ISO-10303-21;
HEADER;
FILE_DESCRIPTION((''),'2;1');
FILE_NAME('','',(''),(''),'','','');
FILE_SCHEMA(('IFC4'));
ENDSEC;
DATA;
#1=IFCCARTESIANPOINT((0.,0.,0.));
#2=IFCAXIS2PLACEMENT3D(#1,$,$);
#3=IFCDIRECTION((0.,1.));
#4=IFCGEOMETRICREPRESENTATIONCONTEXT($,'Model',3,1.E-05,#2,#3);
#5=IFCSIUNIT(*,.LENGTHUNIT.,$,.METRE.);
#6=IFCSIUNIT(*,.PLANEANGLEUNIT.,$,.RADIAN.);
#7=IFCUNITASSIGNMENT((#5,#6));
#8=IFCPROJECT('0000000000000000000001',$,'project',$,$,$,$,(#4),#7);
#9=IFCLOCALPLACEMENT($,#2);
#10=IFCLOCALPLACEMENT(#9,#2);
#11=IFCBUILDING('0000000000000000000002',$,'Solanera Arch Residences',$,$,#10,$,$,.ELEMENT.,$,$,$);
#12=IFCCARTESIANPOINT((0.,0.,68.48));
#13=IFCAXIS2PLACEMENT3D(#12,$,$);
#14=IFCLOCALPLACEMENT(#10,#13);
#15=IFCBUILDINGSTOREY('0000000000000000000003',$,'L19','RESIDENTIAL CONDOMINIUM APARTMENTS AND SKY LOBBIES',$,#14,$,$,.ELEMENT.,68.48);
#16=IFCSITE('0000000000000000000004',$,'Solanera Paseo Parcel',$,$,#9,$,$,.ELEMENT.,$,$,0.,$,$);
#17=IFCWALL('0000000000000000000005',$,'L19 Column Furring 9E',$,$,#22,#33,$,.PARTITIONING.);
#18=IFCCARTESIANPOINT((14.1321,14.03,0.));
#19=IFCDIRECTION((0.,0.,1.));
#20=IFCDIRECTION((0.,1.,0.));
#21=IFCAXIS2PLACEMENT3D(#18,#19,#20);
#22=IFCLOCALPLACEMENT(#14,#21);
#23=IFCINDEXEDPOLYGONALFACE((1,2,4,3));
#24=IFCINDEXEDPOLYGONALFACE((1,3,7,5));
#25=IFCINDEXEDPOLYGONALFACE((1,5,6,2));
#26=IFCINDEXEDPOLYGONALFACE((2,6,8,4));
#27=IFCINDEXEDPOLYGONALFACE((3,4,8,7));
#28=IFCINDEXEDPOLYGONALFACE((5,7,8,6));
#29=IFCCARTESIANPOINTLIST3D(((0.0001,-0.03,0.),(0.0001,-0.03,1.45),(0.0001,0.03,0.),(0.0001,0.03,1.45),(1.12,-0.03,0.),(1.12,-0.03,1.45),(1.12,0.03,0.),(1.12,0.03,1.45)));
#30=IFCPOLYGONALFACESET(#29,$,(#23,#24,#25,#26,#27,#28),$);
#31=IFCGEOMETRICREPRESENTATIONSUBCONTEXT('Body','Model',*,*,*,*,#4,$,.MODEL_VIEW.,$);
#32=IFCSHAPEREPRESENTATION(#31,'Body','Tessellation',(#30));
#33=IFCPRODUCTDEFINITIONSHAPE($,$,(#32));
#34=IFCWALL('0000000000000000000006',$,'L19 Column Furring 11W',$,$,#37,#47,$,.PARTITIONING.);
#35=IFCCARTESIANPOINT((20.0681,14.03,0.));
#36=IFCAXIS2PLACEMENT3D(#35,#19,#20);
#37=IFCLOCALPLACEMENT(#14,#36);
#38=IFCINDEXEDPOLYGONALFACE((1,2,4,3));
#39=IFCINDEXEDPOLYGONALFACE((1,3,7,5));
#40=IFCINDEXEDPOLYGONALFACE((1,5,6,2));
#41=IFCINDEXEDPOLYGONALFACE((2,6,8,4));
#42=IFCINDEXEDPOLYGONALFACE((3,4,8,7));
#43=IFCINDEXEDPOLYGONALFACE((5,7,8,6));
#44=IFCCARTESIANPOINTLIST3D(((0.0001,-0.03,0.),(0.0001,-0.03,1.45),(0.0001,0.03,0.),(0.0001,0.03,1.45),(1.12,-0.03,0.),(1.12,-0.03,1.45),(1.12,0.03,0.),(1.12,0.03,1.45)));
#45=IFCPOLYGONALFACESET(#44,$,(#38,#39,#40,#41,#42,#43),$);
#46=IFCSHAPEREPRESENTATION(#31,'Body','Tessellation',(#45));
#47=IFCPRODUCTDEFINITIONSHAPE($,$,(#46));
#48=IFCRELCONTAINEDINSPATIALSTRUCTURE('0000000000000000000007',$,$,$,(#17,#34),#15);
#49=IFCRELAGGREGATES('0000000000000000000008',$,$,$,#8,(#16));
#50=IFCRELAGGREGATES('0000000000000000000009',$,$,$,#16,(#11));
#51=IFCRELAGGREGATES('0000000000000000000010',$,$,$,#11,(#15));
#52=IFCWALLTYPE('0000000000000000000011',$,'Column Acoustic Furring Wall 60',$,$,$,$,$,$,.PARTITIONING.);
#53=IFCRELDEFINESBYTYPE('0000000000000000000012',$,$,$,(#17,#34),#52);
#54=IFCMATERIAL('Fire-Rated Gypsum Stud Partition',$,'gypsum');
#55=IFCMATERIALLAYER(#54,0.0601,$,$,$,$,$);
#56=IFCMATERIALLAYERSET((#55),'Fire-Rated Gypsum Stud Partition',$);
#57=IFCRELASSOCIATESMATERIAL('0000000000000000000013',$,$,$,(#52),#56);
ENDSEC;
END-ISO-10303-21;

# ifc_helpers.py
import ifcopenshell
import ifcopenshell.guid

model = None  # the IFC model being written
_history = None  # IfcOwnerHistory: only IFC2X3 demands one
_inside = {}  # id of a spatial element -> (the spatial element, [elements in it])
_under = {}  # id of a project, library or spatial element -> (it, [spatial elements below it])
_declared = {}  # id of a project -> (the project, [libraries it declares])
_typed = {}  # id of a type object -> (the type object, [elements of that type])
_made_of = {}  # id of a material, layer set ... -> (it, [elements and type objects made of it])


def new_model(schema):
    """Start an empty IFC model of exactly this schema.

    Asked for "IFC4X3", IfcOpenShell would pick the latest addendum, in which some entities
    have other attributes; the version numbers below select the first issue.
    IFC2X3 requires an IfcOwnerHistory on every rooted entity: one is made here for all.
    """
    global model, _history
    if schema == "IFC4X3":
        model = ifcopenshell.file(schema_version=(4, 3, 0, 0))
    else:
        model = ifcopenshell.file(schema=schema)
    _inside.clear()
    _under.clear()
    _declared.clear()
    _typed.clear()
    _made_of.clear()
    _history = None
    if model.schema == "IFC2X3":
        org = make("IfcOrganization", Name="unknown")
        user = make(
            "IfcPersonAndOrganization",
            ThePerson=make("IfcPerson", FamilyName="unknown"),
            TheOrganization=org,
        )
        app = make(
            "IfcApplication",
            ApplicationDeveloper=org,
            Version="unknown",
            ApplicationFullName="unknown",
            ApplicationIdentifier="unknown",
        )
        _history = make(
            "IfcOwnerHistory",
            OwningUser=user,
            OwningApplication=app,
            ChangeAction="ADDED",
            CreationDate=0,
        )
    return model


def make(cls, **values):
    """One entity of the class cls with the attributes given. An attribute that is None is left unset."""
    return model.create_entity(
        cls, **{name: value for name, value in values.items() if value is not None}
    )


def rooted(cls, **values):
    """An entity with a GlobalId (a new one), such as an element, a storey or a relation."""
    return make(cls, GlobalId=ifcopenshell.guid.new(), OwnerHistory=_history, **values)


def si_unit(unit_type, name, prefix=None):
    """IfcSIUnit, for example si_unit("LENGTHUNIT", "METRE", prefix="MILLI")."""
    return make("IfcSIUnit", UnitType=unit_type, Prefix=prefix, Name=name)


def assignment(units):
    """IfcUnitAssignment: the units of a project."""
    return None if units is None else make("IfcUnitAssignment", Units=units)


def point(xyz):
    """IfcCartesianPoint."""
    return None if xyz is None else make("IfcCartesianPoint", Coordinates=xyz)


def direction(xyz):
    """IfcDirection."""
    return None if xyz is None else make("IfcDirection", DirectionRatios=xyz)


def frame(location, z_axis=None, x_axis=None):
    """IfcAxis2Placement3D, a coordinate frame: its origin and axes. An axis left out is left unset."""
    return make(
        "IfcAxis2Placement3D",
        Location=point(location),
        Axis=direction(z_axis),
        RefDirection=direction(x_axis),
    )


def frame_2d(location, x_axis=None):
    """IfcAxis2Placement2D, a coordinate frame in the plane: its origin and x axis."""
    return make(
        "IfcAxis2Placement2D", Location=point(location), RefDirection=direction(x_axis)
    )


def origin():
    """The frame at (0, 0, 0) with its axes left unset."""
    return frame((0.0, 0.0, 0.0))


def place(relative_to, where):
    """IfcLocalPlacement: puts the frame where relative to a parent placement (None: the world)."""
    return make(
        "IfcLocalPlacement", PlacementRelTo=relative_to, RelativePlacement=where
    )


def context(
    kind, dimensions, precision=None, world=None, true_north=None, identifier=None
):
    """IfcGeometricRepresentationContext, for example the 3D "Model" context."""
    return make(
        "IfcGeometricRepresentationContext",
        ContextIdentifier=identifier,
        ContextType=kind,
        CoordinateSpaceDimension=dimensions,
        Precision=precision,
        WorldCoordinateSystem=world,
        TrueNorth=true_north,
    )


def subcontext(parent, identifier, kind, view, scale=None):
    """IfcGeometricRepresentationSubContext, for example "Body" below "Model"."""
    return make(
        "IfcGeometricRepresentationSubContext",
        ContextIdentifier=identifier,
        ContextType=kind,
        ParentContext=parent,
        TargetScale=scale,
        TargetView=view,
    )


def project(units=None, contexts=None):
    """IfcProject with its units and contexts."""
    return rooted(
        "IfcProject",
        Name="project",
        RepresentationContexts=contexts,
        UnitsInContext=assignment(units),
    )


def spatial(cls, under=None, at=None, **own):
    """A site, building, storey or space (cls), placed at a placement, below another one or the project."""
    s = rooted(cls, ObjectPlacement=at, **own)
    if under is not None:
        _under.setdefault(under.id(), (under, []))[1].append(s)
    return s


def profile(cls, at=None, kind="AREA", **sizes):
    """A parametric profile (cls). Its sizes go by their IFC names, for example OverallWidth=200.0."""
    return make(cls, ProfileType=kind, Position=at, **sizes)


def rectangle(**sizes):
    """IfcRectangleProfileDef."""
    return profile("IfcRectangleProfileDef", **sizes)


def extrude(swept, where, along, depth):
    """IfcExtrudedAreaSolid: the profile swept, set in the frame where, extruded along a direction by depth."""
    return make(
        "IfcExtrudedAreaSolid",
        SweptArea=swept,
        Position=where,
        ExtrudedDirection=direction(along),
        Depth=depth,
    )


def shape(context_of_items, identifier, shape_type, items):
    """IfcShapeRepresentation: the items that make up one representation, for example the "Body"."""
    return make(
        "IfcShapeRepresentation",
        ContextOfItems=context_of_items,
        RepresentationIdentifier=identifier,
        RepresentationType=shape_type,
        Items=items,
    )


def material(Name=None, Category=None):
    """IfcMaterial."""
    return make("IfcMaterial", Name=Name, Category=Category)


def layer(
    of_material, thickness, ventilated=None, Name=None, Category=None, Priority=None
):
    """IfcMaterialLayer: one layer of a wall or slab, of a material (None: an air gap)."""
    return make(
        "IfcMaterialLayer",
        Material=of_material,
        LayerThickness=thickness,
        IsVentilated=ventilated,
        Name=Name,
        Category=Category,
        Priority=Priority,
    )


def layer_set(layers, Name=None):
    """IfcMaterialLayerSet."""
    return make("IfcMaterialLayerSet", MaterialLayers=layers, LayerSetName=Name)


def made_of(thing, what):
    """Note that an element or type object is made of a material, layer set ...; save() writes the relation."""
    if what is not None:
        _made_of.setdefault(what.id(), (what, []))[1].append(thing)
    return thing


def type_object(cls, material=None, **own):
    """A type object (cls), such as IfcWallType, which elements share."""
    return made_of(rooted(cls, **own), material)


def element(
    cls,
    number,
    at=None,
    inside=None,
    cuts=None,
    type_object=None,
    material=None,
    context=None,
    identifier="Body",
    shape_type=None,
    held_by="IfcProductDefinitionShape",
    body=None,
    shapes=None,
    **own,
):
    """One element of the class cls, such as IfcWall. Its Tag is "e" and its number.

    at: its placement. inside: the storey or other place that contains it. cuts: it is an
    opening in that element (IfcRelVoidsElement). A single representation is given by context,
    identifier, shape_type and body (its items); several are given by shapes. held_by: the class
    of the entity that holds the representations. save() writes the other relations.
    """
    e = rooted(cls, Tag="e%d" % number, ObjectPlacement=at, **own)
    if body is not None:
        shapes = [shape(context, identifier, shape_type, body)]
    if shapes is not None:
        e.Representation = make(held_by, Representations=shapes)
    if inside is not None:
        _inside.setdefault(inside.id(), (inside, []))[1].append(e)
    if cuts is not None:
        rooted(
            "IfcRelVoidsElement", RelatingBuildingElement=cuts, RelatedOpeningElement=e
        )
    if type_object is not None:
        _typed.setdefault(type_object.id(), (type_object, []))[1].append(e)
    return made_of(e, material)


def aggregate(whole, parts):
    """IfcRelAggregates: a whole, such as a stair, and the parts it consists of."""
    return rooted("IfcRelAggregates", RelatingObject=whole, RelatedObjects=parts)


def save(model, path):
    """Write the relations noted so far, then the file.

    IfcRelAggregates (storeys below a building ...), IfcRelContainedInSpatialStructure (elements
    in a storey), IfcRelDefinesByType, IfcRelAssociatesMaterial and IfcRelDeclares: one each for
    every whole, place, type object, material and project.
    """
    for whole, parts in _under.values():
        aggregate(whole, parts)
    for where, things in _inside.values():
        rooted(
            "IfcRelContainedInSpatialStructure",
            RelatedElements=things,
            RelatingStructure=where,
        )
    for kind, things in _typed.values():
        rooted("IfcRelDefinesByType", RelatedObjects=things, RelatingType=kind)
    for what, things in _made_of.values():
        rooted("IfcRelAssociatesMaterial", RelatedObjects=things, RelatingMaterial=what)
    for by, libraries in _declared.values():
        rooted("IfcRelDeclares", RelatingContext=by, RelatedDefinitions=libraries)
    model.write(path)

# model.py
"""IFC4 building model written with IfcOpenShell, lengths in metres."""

from ifc_helpers import new_model, si_unit, direction, frame, frame_2d, origin, place, context, subcontext, project, spatial, rectangle, extrude, material, layer, layer_set, type_object, element, save


model = new_model("IFC4")

# Units and contexts
model_context = context("Model", 3, precision=1e-05, world=origin(), true_north=direction((0.0, 1.0)))
body_context = subcontext(model_context, "Body", "Model", "MODEL_VIEW")
ifc_project = project(units=[si_unit("LENGTHUNIT", "METRE"), si_unit("PLANEANGLEUNIT", "RADIAN")], contexts=[model_context])

# Site, building, storey
site_placement = place(None, origin())
site = spatial("IfcSite", under=ifc_project, at=site_placement, Name="Solanera Paseo Parcel", CompositionType="ELEMENT", RefElevation=0.0)
building_placement = place(site_placement, origin())
building = spatial("IfcBuilding", under=site, at=building_placement, Name="Solanera Arch Residences", CompositionType="ELEMENT")
storey_placement = place(building_placement, frame((0.0, 0.0, 68.48)))
storey = spatial("IfcBuildingStorey", under=building, at=storey_placement, Name="L19", Description="RESIDENTIAL CONDOMINIUM APARTMENTS AND SKY LOBBIES", CompositionType="ELEMENT", Elevation=68.48)

# Walls
ifc_material_1 = material(Name="Fire-Rated Gypsum Stud Partition", Category="gypsum")
ifc_layer_1 = layer(ifc_material_1, 0.0601)
ifc_layer_set_1 = layer_set([ifc_layer_1], Name="Fire-Rated Gypsum Stud Partition")
wall_type_1 = type_object("IfcWallType", Name="Column Acoustic Furring Wall 60", PredefinedType="PARTITIONING", material=ifc_layer_set_1)
wall_1_placement = place(storey_placement, frame((14.1321, 14.03, 0.0), z_axis=(0.0, 0.0, 1.0), x_axis=(0.0, 1.0, 0.0)))
element("IfcWall", 1, at=wall_1_placement, inside=storey, type_object=wall_type_1, Name="L19 Column Furring 9E", PredefinedType="PARTITIONING", context=body_context, shape_type="SweptSolid", body=[
    extrude(rectangle(XDim=1.1199, YDim=0.0601, at=frame_2d((0.5601, 0.0))), origin(), (0.0, 0.0, 1.0), 1.45),
])
wall_2_placement = place(storey_placement, frame((20.0681, 14.03, 0.0), z_axis=(0.0, 0.0, 1.0), x_axis=(0.0, 1.0, 0.0)))
element("IfcWall", 2, at=wall_2_placement, inside=storey, type_object=wall_type_1, Name="L19 Column Furring 11W", PredefinedType="PARTITIONING", context=body_context, shape_type="SweptSolid", body=[
    extrude(rectangle(XDim=1.1199, YDim=0.0601, at=frame_2d((0.5601, 0.0))), origin(), (0.0, 0.0, 1.0), 1.45),
])

save(model, "model.ifc")
